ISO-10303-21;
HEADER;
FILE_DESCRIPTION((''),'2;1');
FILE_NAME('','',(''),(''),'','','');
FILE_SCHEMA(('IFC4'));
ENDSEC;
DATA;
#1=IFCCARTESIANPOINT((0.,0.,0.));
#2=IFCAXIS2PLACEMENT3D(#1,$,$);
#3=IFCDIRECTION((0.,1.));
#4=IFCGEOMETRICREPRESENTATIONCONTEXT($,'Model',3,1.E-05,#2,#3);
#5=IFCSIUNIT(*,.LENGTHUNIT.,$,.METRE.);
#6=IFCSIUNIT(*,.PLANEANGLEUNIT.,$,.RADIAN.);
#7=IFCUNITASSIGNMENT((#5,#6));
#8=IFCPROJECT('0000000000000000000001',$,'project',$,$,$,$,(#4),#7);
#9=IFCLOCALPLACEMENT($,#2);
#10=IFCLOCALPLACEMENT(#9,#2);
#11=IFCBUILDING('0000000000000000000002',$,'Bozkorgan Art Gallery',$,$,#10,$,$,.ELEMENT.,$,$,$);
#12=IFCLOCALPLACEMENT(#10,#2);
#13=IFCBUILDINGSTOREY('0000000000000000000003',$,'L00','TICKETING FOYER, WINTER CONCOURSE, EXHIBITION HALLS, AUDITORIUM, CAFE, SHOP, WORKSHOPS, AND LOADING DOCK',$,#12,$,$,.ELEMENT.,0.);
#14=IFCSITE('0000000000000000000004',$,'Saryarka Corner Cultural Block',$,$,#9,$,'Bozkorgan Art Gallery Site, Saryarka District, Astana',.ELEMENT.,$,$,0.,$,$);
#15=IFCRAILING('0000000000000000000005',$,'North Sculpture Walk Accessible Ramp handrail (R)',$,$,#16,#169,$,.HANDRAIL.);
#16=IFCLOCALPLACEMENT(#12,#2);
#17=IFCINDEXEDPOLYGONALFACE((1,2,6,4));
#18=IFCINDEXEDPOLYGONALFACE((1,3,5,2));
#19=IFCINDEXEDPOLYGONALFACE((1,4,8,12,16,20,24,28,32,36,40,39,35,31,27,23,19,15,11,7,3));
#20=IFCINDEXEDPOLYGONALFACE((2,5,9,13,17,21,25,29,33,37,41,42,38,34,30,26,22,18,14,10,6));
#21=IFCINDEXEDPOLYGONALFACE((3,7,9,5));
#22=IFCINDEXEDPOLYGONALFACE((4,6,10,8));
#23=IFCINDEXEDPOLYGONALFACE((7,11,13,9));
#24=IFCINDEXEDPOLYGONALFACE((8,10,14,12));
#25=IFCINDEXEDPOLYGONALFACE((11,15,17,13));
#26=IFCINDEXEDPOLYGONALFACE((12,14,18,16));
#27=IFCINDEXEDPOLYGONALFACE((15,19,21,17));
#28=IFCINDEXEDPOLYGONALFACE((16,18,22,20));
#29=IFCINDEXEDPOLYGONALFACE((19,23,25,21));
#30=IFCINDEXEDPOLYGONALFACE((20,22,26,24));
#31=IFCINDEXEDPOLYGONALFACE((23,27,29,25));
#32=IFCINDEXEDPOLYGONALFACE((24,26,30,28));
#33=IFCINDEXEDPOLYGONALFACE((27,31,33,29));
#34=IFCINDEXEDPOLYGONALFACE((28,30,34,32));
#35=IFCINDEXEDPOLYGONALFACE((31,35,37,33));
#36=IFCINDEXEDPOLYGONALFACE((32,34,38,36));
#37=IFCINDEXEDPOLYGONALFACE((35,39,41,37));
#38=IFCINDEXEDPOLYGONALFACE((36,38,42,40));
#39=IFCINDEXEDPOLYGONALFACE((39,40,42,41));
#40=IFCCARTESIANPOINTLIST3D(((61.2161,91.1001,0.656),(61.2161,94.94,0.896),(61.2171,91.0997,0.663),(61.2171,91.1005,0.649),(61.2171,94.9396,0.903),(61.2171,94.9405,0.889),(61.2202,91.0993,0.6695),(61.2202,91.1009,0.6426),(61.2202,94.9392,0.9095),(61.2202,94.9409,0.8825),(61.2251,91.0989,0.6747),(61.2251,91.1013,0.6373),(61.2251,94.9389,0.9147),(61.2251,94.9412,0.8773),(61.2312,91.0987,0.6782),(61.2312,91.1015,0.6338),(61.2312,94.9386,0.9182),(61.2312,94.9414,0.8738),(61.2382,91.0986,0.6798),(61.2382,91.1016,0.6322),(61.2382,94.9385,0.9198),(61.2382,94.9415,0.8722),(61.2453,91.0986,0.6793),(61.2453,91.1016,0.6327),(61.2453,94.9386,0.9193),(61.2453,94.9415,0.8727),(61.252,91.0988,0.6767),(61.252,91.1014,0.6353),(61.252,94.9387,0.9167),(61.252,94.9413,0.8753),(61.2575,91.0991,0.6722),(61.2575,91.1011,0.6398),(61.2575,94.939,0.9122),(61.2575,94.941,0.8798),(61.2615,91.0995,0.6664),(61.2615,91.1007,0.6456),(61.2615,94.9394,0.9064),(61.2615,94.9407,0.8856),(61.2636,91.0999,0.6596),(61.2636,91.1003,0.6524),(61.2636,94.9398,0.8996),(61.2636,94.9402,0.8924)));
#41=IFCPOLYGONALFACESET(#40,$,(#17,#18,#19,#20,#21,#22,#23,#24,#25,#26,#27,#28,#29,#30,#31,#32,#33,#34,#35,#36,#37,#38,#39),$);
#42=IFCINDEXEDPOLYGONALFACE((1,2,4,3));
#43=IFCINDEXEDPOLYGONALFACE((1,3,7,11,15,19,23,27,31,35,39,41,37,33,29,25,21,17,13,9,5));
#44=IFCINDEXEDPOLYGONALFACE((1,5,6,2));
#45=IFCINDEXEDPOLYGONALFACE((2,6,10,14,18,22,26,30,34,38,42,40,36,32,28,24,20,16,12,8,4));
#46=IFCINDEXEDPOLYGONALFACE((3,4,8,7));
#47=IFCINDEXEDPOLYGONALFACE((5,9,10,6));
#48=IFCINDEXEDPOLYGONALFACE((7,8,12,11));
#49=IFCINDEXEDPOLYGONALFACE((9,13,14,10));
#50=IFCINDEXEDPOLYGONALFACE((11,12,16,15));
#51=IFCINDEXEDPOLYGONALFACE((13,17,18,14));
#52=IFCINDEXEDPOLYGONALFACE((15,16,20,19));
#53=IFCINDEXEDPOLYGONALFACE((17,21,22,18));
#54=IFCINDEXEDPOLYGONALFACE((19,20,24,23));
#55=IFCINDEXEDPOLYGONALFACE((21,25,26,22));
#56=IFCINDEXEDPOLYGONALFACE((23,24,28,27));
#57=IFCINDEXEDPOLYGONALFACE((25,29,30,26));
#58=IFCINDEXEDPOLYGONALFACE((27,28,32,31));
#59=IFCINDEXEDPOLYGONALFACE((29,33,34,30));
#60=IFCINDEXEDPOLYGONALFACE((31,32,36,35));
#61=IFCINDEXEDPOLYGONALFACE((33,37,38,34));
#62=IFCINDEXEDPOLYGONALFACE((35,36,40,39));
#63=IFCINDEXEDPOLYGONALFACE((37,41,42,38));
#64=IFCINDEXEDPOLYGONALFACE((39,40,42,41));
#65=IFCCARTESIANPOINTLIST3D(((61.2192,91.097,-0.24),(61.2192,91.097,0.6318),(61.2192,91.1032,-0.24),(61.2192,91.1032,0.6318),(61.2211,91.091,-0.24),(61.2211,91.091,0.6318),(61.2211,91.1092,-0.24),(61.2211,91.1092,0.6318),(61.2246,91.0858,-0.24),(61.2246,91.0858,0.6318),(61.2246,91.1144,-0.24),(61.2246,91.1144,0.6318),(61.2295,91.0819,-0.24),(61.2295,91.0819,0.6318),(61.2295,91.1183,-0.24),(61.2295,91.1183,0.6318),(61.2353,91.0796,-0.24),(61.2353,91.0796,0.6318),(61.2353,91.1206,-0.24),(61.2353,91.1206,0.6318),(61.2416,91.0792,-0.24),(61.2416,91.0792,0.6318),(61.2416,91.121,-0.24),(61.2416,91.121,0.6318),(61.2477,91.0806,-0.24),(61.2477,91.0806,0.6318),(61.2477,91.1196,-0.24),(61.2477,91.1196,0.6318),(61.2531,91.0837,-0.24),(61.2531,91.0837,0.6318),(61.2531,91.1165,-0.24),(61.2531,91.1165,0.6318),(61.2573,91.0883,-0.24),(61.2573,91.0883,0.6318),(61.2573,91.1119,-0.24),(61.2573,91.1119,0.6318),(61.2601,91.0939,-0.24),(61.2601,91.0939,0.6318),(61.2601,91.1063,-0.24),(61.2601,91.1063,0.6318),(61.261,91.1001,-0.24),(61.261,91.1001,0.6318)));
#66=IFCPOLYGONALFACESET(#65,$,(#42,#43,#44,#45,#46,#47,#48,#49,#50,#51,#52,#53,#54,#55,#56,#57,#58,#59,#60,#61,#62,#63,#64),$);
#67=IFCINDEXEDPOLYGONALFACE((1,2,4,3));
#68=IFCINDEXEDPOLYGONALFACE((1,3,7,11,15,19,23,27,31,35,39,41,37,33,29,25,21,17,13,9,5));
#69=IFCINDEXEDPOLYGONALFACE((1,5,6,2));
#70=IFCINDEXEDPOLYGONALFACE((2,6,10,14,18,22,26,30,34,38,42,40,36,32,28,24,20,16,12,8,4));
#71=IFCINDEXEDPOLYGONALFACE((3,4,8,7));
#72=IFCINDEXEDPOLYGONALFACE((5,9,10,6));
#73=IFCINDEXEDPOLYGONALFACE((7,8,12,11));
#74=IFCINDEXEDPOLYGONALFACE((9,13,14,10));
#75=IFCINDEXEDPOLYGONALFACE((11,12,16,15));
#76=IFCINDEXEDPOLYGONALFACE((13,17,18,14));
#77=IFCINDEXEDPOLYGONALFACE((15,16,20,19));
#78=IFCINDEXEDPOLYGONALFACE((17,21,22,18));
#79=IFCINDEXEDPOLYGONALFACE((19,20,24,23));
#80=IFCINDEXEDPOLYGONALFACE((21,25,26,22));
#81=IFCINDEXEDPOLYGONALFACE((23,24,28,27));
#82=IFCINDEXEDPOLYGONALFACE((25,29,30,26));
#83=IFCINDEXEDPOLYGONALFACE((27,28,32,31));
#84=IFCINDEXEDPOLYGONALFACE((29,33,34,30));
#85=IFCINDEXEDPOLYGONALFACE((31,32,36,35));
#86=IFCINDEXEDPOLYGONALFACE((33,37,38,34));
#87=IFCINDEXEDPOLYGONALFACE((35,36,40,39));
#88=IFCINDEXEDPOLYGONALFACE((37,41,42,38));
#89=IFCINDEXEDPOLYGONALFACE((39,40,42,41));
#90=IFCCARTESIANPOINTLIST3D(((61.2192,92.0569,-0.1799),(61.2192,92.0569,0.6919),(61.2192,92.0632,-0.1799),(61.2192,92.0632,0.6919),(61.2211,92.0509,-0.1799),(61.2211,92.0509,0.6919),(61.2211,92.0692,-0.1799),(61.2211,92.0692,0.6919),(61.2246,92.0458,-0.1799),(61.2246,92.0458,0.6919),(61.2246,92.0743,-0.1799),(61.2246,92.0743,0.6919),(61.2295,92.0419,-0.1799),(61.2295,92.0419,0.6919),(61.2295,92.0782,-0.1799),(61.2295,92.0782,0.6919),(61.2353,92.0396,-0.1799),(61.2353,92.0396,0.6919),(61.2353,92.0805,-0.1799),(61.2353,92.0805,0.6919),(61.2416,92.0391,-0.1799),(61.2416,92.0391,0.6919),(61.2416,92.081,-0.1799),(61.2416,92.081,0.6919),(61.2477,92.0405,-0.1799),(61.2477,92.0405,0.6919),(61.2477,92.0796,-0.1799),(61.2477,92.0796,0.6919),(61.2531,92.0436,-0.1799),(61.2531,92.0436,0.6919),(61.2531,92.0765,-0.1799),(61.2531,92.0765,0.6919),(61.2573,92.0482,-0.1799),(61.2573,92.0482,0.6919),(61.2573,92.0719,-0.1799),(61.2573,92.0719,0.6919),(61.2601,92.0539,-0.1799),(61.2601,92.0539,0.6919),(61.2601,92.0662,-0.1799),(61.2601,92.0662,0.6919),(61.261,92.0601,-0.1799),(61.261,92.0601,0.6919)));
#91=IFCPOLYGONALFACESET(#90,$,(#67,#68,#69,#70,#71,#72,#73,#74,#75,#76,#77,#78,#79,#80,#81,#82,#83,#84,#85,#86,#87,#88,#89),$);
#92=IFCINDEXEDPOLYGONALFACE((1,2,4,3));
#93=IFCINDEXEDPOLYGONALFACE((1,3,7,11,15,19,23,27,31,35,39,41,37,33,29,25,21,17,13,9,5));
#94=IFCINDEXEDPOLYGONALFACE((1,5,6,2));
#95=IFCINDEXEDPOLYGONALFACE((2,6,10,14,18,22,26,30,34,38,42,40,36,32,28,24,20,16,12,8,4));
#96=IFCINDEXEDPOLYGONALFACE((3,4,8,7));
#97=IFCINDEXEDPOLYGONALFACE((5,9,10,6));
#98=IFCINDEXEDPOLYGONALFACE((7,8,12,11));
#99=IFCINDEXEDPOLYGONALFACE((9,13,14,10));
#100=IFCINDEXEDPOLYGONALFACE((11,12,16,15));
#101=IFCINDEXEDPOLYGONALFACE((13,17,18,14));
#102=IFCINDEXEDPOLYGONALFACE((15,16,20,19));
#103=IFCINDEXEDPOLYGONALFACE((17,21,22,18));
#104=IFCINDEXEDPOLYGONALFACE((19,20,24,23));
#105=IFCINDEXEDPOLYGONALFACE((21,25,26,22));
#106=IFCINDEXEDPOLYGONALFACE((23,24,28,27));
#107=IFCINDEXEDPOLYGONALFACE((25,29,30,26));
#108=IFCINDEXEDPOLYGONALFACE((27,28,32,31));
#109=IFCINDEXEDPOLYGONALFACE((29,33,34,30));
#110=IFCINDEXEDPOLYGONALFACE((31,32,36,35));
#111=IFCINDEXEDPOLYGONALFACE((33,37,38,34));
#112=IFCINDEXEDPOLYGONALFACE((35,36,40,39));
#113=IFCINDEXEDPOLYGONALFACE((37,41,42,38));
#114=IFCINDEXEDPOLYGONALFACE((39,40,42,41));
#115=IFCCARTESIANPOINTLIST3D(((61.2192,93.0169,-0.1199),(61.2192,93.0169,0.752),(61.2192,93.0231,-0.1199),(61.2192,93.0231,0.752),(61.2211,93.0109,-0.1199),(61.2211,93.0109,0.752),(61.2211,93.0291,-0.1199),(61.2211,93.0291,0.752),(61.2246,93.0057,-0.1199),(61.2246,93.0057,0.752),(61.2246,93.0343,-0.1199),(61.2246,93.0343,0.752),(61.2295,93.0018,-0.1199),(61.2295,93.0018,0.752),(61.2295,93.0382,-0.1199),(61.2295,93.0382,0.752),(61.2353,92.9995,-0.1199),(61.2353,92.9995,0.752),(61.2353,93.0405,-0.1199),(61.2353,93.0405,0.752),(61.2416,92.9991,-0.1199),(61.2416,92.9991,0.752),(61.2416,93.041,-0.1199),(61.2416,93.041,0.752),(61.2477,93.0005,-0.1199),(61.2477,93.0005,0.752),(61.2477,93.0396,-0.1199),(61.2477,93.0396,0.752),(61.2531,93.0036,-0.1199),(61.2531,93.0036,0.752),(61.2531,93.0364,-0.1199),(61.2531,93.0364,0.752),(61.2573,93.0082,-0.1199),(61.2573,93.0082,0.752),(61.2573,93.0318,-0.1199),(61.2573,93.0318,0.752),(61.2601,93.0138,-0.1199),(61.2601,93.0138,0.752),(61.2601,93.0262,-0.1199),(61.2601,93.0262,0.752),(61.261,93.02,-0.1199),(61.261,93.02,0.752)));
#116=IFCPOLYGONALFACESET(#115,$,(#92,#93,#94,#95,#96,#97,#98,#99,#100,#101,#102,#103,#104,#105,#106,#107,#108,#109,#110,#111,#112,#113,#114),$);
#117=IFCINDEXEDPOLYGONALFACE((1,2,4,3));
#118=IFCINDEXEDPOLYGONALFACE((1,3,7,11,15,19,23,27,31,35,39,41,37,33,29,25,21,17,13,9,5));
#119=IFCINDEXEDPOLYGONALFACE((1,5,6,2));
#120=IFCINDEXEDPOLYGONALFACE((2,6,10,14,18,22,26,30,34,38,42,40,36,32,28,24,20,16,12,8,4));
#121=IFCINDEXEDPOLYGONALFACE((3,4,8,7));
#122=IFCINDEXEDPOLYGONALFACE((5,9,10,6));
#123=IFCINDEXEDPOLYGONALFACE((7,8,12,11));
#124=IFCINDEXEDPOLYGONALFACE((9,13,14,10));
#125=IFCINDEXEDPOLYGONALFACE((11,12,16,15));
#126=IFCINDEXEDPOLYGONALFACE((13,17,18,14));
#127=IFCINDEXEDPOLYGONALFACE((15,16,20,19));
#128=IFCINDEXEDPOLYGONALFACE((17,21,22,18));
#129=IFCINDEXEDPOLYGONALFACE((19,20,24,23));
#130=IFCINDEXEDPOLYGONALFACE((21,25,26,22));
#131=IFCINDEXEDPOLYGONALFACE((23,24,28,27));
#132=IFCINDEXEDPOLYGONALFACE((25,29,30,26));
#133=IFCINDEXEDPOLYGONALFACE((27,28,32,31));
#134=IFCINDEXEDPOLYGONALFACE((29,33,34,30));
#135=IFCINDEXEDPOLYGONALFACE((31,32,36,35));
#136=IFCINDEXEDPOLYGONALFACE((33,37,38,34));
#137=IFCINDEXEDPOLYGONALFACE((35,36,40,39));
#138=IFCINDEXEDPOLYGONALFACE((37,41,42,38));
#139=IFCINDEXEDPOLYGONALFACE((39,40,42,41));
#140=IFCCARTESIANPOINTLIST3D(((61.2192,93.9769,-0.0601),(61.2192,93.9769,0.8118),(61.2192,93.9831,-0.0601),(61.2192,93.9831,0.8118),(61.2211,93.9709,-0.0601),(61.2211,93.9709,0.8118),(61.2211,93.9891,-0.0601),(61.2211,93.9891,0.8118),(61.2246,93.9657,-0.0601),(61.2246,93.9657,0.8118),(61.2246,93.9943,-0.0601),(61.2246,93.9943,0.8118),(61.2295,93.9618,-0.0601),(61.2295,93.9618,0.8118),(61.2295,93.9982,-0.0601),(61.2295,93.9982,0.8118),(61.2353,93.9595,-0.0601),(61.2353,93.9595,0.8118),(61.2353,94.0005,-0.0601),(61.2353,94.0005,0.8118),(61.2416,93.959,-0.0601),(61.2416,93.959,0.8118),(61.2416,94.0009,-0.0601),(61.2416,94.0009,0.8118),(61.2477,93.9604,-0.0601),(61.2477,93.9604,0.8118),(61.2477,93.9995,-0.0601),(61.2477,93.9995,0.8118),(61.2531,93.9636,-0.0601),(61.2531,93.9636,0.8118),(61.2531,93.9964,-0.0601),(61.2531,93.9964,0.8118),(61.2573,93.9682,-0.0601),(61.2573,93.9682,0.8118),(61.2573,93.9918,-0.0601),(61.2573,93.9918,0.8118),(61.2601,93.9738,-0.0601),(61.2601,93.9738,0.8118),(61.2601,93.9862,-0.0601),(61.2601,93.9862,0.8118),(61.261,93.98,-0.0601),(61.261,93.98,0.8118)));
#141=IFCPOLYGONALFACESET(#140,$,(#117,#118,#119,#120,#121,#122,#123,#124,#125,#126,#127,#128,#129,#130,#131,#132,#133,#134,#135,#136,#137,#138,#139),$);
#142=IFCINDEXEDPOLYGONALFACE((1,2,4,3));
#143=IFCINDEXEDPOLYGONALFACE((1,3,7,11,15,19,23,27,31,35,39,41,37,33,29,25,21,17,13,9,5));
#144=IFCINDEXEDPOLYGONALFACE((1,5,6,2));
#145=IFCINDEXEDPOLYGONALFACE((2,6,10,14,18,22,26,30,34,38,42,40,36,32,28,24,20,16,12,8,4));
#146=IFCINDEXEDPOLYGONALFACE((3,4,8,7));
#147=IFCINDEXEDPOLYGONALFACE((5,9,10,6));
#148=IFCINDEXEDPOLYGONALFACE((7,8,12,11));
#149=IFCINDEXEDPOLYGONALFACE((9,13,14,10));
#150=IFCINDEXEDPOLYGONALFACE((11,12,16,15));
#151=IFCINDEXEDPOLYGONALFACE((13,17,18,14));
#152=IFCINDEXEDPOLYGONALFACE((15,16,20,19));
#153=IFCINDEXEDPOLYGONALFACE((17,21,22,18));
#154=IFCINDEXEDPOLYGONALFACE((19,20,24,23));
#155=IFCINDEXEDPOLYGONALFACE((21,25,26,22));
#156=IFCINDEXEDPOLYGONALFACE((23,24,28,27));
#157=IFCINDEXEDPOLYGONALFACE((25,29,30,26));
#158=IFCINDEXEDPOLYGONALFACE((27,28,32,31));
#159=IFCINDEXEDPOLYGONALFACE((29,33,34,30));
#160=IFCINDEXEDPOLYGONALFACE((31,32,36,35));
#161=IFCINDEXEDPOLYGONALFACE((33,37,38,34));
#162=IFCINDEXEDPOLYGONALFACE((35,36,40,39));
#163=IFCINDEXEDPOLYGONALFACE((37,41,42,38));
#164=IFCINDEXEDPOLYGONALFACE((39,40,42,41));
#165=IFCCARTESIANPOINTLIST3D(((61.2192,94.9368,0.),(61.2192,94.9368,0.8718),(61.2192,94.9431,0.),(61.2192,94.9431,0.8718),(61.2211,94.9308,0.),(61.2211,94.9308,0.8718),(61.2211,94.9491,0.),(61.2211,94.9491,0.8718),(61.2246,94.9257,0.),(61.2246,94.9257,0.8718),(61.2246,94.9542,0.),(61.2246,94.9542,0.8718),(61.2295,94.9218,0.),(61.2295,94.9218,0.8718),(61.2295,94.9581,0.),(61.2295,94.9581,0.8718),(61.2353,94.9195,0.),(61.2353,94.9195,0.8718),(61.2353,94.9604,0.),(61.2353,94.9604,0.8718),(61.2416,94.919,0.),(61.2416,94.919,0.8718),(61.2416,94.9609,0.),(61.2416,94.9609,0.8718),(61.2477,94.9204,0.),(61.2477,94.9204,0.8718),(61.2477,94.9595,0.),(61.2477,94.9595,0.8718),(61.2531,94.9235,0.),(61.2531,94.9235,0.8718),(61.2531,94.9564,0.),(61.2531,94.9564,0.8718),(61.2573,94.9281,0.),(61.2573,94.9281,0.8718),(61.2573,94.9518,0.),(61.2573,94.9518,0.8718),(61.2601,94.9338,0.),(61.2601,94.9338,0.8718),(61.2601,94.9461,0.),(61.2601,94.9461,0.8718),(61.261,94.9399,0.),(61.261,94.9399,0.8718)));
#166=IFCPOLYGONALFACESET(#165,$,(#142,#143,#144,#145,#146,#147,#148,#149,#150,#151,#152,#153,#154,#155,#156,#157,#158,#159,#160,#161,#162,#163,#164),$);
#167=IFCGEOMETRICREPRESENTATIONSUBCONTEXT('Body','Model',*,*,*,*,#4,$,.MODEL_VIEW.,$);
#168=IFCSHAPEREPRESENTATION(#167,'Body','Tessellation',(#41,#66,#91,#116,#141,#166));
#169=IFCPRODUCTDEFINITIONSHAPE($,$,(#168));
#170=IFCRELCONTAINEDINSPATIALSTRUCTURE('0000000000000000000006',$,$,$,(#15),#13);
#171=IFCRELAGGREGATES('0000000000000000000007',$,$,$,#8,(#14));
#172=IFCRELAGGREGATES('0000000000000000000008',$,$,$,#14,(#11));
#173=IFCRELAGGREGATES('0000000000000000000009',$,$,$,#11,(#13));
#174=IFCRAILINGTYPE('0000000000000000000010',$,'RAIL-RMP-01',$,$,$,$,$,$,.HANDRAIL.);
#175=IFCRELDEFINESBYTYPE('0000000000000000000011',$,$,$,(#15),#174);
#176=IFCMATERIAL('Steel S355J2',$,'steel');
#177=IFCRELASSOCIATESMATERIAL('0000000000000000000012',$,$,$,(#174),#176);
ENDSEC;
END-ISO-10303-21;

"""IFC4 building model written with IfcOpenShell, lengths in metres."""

from ifc_helpers import new_model, si_unit, direction, frame, origin, origin_2d, place, context, subcontext, project, spatial, circle, extrude, material, type_object, element, save


model = new_model("IFC4")

# Units and contexts
model_context = context("Model", 3, precision=1e-05, world=origin(), true_north=direction((0.0, 1.0)))
body_context = subcontext(model_context, "Body", "Model", "MODEL_VIEW")
ifc_project = project(units=[si_unit("LENGTHUNIT", "METRE"), si_unit("PLANEANGLEUNIT", "RADIAN")], contexts=[model_context])

# Site, building, storey
site_placement = place(None, origin())
site = spatial("IfcSite", under=ifc_project, at=site_placement, Name="Saryarka Corner Cultural Block", LongName="Bozkorgan Art Gallery Site, Saryarka District, Astana", CompositionType="ELEMENT", RefElevation=0.0)
building_placement = place(site_placement, origin())
building = spatial("IfcBuilding", under=site, at=building_placement, Name="Bozkorgan Art Gallery", CompositionType="ELEMENT")
storey_placement = place(building_placement, origin())
storey = spatial("IfcBuildingStorey", under=building, at=storey_placement, Name="L00", Description="TICKETING FOYER, WINTER CONCOURSE, EXHIBITION HALLS, AUDITORIUM, CAFE, SHOP, WORKSHOPS, AND LOADING DOCK", CompositionType="ELEMENT", Elevation=0.0)

# Shared definitions
ifc_material_1 = material(Name="Steel S355J2", Category="steel")

# Railing
railing_type = type_object("IfcRailingType", Name="RAIL-RMP-01", PredefinedType="HANDRAIL", material=ifc_material_1)
for number, where, name in (
    (1, (61.24, 91.1001, -0.24), "North Sculpture Walk Accessible Ramp handrail (R)"),
):
    element("IfcRailing", number, at=place(storey_placement, frame(where)), inside=storey, type_object=railing_type, Name=name, PredefinedType="HANDRAIL", context=body_context, shape_type="SweptSolid", body=[
        extrude(circle(Radius=0.0239, at=origin_2d()), frame((0.0, 0.0, 0.896), z_axis=(0.0, 0.998053, 0.062378), x_axis=(-1.0, 0.0, 0.0)), (0.0, 0.0, 1.0), 3.8474),
        extrude(circle(Radius=0.021, at=origin_2d()), origin(), (0.0, 0.0, 1.0), 0.8718),
        extrude(circle(Radius=0.021, at=origin_2d()), frame((0.0, 0.96, 0.0601)), (0.0, 0.0, 1.0), 0.8718),
        extrude(circle(Radius=0.021, at=origin_2d()), frame((0.0, 1.9199, 0.1201)), (0.0, 0.0, 1.0), 0.8718),
        extrude(circle(Radius=0.021, at=origin_2d()), frame((0.0, 2.8799, 0.1799)), (0.0, 0.0, 1.0), 0.8718),
        extrude(circle(Radius=0.021, at=origin_2d()), frame((0.0, 3.8398, 0.24)), (0.0, 0.0, 1.0), 0.8718),
    ])

save(model, "model.ifc")
